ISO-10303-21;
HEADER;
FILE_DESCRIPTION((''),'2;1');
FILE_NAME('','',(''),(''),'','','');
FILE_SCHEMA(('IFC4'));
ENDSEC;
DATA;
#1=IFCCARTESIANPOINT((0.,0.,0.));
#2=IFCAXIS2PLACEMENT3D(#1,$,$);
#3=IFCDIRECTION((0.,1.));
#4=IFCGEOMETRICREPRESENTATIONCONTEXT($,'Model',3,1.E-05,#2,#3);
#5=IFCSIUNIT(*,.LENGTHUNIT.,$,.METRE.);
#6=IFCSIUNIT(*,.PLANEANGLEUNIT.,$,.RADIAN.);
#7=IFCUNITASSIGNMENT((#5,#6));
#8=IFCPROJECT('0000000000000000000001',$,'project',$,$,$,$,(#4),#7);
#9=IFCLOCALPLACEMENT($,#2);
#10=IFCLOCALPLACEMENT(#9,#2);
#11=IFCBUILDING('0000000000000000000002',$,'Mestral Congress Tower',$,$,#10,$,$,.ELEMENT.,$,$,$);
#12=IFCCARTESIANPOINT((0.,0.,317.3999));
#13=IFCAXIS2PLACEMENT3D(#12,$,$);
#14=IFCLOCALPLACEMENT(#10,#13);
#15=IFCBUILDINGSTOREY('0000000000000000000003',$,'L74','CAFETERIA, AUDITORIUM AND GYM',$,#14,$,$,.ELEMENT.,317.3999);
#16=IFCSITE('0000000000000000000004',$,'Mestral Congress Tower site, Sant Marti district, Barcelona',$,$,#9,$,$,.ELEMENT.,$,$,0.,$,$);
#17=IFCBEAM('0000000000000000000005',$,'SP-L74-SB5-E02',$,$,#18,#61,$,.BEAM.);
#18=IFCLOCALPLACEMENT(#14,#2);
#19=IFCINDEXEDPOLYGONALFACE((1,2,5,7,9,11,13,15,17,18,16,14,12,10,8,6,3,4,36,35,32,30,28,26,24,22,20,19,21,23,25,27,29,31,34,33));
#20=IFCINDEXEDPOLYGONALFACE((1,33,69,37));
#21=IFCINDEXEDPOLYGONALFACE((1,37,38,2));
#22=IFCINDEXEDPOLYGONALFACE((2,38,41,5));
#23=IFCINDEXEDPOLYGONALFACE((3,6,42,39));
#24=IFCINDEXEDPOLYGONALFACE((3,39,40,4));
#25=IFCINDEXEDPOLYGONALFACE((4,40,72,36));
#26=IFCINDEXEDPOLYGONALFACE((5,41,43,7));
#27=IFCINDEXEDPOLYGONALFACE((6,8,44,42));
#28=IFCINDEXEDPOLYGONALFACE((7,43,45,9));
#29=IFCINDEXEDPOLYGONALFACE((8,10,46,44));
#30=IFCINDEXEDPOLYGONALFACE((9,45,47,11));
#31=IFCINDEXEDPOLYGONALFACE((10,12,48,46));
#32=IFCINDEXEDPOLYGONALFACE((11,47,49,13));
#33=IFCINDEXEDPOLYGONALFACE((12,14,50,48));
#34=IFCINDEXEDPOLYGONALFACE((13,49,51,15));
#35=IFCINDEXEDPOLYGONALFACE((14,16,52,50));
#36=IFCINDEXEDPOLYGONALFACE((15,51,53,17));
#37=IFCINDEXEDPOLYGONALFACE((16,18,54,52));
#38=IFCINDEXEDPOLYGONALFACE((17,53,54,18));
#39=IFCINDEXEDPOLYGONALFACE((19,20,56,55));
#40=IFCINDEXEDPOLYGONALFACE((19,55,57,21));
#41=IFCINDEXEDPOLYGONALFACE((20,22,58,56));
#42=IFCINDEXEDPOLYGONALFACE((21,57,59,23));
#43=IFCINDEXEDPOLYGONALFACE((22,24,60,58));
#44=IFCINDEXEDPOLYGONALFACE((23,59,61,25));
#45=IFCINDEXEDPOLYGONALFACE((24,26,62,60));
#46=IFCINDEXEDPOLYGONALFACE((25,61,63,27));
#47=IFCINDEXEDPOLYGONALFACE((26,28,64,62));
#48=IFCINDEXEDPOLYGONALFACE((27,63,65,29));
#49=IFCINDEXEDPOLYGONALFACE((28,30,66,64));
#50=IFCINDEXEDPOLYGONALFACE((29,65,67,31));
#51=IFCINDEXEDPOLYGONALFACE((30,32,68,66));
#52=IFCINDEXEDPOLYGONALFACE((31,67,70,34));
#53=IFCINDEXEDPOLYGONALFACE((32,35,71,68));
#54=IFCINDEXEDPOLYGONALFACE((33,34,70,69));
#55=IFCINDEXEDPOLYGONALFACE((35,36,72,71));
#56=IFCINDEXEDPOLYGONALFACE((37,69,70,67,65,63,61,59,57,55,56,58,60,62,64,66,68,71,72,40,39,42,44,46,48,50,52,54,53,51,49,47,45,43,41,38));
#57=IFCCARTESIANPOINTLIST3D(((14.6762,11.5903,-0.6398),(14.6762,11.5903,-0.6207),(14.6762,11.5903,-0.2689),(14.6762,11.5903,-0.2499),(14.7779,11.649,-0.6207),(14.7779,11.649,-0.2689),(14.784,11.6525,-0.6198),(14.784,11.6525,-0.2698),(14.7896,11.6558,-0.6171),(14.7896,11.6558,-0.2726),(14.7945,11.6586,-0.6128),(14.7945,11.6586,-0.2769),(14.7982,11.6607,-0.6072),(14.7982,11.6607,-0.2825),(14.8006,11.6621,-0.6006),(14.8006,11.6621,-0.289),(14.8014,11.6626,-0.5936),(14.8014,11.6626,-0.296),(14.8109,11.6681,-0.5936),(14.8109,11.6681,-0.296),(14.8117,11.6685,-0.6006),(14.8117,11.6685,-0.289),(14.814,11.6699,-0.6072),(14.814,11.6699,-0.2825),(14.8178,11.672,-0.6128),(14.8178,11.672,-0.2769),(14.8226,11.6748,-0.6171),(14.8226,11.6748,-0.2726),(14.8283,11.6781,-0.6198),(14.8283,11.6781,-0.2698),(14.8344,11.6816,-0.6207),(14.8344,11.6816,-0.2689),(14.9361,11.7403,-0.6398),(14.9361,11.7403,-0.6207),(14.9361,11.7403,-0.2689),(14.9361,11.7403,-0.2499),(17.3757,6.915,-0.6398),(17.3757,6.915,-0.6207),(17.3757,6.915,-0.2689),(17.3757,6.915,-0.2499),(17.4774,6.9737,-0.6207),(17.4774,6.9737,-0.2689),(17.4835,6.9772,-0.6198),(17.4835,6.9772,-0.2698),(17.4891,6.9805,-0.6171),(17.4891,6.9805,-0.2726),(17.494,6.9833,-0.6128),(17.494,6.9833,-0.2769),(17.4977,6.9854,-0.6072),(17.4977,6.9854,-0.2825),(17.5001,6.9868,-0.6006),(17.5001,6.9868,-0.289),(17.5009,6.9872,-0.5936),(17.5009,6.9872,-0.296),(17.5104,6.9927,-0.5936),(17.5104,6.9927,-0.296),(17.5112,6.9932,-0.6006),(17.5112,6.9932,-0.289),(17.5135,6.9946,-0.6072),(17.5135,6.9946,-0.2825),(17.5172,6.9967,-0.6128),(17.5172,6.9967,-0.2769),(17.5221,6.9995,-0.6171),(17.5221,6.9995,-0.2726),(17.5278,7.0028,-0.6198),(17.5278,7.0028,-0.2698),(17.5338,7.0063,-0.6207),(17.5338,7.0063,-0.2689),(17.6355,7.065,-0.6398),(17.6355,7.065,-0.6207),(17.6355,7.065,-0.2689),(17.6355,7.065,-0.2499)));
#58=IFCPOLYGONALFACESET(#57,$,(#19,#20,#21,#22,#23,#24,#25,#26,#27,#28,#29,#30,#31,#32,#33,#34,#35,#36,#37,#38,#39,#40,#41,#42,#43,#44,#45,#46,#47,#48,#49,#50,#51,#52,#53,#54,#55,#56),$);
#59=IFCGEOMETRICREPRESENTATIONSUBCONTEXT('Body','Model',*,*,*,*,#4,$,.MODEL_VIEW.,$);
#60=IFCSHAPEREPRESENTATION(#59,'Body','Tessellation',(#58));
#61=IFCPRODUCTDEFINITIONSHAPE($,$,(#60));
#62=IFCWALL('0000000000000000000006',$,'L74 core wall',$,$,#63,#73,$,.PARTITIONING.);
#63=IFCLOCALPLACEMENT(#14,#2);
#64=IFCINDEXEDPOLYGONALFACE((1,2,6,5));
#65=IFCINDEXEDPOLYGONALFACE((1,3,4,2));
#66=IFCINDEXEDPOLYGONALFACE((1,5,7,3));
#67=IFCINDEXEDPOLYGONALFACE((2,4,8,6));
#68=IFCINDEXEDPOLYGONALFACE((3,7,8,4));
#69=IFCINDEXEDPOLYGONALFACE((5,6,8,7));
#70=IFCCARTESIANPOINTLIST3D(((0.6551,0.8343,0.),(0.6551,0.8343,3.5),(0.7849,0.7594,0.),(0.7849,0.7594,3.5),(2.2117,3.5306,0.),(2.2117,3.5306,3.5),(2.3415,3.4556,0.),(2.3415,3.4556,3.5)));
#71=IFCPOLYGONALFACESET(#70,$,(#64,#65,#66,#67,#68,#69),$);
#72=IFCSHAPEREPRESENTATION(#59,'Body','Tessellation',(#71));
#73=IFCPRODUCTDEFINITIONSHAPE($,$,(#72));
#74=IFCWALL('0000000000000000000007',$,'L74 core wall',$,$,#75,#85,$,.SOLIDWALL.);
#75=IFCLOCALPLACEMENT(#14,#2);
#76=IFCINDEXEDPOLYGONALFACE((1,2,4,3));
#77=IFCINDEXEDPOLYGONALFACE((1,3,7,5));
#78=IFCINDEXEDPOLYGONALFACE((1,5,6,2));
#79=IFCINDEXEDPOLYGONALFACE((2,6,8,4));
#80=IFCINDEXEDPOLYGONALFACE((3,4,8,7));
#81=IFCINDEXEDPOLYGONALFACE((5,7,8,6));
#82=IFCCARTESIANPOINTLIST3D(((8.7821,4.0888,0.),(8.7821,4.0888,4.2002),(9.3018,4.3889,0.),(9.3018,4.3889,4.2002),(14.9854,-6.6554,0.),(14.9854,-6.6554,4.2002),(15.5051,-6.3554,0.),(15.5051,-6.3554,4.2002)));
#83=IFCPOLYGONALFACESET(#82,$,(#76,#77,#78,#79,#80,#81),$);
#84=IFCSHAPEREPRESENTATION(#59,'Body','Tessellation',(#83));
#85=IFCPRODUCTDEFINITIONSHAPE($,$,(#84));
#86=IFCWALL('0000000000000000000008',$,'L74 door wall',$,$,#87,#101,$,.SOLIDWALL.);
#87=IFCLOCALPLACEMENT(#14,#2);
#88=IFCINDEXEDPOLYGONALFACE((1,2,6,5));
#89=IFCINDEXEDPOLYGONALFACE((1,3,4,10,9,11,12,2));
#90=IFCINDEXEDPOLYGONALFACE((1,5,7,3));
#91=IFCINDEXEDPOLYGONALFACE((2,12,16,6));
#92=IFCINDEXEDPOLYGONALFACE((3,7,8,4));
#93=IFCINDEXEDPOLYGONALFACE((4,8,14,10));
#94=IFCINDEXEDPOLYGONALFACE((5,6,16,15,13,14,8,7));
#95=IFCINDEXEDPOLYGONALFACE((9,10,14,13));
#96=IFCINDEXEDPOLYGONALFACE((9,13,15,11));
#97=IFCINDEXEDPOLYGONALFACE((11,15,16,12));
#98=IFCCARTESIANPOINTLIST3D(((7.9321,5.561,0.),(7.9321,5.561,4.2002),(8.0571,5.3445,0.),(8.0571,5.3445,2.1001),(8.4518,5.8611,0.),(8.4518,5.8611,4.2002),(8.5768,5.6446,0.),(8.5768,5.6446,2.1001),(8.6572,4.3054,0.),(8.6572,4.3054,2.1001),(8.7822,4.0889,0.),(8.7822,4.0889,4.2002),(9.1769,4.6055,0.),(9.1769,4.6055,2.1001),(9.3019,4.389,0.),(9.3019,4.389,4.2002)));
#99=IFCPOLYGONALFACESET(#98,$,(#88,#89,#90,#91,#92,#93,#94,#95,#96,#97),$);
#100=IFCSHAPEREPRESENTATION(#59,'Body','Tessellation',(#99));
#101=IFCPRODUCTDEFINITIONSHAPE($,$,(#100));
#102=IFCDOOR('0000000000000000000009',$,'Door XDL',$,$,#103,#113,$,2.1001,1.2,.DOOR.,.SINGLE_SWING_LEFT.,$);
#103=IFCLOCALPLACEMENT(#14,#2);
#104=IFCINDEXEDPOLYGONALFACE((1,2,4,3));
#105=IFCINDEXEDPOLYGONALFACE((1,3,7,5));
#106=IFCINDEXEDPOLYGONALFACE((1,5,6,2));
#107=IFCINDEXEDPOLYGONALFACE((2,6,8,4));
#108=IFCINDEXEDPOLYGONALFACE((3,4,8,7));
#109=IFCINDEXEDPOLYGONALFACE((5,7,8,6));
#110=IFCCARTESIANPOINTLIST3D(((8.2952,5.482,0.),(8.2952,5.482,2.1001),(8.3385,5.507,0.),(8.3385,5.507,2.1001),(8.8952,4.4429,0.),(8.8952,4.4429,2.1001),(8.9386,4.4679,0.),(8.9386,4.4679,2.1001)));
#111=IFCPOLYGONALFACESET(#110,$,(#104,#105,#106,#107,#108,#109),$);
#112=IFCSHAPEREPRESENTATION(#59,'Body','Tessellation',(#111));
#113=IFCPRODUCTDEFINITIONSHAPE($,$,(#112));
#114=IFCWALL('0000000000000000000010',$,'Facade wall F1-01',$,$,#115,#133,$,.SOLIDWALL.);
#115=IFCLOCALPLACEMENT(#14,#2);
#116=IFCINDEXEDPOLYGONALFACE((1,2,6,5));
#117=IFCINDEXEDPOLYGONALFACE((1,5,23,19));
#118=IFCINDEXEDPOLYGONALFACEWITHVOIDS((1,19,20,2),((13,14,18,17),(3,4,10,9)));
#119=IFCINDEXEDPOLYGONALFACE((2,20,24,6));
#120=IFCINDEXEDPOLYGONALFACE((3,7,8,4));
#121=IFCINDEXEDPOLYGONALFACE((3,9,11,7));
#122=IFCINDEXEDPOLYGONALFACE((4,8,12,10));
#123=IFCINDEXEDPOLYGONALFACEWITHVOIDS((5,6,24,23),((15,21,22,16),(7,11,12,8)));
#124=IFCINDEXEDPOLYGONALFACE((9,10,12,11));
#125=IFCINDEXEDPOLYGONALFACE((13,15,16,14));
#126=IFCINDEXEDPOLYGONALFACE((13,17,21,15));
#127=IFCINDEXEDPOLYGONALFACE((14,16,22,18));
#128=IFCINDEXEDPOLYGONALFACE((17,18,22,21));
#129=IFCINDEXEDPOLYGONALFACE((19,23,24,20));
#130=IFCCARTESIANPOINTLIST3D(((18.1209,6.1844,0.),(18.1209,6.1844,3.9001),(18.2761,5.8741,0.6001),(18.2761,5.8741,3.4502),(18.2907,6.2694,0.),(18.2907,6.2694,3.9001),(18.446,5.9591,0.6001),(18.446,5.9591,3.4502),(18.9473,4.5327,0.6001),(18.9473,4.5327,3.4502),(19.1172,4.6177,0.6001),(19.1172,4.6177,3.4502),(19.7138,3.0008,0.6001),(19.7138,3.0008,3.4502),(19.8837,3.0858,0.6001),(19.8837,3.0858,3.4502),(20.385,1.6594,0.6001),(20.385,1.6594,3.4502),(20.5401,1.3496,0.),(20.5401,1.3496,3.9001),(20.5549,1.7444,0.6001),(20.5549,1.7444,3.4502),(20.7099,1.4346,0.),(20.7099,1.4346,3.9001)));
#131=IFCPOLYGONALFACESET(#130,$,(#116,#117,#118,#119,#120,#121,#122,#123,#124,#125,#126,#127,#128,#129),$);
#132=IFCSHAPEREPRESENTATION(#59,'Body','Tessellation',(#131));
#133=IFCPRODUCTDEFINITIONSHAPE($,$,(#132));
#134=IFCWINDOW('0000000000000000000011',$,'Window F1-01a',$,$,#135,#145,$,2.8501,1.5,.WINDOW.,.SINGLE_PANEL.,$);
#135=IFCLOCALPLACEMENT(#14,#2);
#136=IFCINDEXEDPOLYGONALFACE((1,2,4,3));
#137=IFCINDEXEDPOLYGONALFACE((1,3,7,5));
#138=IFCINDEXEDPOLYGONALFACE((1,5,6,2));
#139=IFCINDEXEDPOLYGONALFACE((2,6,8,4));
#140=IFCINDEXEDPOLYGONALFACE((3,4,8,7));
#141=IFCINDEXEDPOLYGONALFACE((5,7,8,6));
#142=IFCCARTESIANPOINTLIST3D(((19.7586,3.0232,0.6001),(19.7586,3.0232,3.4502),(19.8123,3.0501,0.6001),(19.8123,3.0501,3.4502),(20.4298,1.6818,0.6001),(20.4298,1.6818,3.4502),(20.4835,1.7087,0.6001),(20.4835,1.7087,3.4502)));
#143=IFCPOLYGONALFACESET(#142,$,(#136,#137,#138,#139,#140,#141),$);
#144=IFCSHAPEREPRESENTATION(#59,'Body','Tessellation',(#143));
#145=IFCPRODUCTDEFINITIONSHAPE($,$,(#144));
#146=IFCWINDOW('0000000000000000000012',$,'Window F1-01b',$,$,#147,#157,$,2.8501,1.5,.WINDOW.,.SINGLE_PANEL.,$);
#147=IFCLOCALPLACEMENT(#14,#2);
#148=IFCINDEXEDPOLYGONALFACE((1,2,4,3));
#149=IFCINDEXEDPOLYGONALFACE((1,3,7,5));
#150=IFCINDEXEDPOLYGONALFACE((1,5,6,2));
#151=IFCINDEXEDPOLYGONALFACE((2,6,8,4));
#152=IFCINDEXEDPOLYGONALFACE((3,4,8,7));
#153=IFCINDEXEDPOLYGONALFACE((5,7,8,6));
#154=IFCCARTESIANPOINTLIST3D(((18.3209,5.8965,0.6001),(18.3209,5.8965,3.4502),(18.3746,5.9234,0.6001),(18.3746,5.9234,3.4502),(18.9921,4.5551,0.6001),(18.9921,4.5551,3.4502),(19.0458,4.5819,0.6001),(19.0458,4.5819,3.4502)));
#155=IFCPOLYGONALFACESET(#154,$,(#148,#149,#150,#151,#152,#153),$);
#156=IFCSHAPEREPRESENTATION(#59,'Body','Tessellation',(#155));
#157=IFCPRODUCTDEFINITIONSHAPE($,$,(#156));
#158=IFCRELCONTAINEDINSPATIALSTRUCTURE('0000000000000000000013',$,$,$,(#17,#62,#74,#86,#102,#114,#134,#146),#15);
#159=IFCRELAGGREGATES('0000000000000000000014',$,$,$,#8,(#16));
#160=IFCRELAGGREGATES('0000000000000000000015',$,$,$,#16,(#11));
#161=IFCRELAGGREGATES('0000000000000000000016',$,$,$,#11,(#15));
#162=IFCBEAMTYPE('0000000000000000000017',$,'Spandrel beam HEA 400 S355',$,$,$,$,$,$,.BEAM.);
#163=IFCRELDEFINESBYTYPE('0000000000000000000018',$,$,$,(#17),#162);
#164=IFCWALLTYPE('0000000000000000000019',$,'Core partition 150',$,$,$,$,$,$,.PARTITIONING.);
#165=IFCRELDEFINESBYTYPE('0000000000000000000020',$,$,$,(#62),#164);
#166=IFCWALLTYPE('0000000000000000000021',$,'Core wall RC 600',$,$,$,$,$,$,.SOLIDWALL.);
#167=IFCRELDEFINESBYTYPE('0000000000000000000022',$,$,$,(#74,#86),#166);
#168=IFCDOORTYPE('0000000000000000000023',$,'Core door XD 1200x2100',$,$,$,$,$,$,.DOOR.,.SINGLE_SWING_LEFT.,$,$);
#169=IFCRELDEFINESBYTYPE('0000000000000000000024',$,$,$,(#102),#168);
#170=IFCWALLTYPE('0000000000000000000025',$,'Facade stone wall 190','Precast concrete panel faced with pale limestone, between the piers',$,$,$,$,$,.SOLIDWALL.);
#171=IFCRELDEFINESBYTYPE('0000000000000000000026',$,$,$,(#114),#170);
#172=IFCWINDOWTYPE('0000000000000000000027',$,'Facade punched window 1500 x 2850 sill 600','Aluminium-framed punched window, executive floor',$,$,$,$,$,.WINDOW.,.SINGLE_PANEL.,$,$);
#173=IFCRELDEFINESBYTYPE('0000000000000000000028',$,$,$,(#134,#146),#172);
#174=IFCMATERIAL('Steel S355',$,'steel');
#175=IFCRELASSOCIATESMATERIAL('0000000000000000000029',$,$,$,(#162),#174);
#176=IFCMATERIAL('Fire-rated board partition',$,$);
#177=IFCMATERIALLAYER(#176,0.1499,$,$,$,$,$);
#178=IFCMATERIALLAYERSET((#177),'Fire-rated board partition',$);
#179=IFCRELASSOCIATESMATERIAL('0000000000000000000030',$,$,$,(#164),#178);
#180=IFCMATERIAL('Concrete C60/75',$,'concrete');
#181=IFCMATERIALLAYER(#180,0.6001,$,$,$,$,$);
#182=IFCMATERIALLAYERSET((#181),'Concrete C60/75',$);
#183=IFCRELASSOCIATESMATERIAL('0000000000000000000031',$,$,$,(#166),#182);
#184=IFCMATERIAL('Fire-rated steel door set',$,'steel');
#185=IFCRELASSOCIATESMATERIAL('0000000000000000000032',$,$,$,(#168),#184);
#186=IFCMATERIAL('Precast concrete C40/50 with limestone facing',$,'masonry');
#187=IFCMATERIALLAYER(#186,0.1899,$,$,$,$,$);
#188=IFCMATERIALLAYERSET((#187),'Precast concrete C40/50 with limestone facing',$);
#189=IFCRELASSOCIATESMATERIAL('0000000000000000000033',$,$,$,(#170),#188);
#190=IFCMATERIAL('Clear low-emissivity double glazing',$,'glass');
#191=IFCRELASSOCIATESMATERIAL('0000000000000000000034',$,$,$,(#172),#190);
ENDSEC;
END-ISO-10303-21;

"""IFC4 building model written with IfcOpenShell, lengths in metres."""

from ifc_helpers import new_model, si_unit, direction, frame, frame_2d, origin, origin_2d, place, context, subcontext, project, spatial, rectangle, i_section, extrude, material, layer, layer_set, material_profile, profile_set, type_object, element, fill, save


model = new_model("IFC4")

# Units and contexts
model_context = context("Model", 3, precision=1e-05, world=origin(), true_north=direction((0.0, 1.0)))
body_context = subcontext(model_context, "Body", "Model", "MODEL_VIEW")
ifc_project = project(units=[si_unit("LENGTHUNIT", "METRE"), si_unit("PLANEANGLEUNIT", "RADIAN")], contexts=[model_context])

# Site, building, storey
site_placement = place(None, origin())
site = spatial("IfcSite", under=ifc_project, at=site_placement, Name="Mestral Congress Tower site, Sant Marti district, Barcelona", CompositionType="ELEMENT", RefElevation=0.0)
building_placement = place(site_placement, origin())
building = spatial("IfcBuilding", under=site, at=building_placement, Name="Mestral Congress Tower", CompositionType="ELEMENT")
storey_placement = place(building_placement, frame((0.0, 0.0, 317.3999)))
storey = spatial("IfcBuildingStorey", under=building, at=storey_placement, Name="L74", Description="CAFETERIA, AUDITORIUM AND GYM", CompositionType="ELEMENT", Elevation=317.3999)

# Shared definitions
ifc_material_1 = material(Name="Concrete C60/75", Category="concrete")

# Beam
ifc_material_2 = material(Name="Steel S355", Category="steel")
ifc_material_profile_1 = material_profile(ifc_material_2, i_section(OverallWidth=0.3, OverallDepth=0.3899, WebThickness=0.011, FlangeThickness=0.019, FilletRadius=0.0271, at=origin_2d()), Name="HEA 400")
ifc_profile_set_1 = profile_set([ifc_material_profile_1], Name="Steel S355")
beam_type_1 = type_object("IfcBeamType", Name="Spandrel beam HEA 400 S355", PredefinedType="BEAM", material=ifc_profile_set_1)
beam_1_placement = place(storey_placement, frame((17.5056, 6.99, -0.4448), z_axis=(-0.500025, 0.866011, 0.0), x_axis=(-0.866011, -0.500025, 0.0)))
element("IfcBeam", 1, at=beam_1_placement, inside=storey, type_object=beam_type_1, Name="SP-L74-SB5-E02", PredefinedType="BEAM", context=body_context, shape_type="SweptSolid", body=[
    extrude(i_section(OverallWidth=0.3, OverallDepth=0.3899, WebThickness=0.011, FlangeThickness=0.019, FilletRadius=0.0271, at=origin_2d()), origin(), (0.0, 0.0, 1.0), 5.3987),
])

# Walls
ifc_material_3 = material(Name="Fire-rated board partition")
ifc_layer_1 = layer(ifc_material_3, 0.1499)
ifc_layer_set_1 = layer_set([ifc_layer_1], Name="Fire-rated board partition")
wall_type_1 = type_object("IfcWallType", Name="Core partition 150", PredefinedType="PARTITIONING", material=ifc_layer_set_1)
wall_1_placement = place(storey_placement, frame((0.72, 0.7969, 0.0), z_axis=(0.0, 0.0, 1.0), x_axis=(0.499985, 0.866034, 0.0)))
element("IfcWall", 2, at=wall_1_placement, inside=storey, type_object=wall_type_1, Name="L74 core wall", PredefinedType="PARTITIONING", context=body_context, shape_type="SweptSolid", body=[
    extrude(rectangle(XDim=3.1133, YDim=0.1499, at=frame_2d((1.5566, 0.0))), origin(), (0.0, 0.0, 1.0), 3.5),
])
ifc_layer_2 = layer(ifc_material_1, 0.6001)
ifc_layer_set_2 = layer_set([ifc_layer_2], Name="Concrete C60/75")
wall_type_2 = type_object("IfcWallType", Name="Core wall RC 600", PredefinedType="SOLIDWALL", material=ifc_layer_set_2)
wall_2_placement = place(storey_placement, frame((9.042, 4.2388, 0.0), z_axis=(0.0, 0.0, 1.0), x_axis=(0.500006, -0.866022, 0.0)))
element("IfcWall", 3, at=wall_2_placement, inside=storey, type_object=wall_type_2, Name="L74 core wall", PredefinedType="SOLIDWALL", context=body_context, shape_type="SweptSolid", body=[
    extrude(rectangle(XDim=12.4065, YDim=0.6001, at=frame_2d((6.2031, 0.0))), origin(), (0.0, 0.0, 1.0), 4.2002),
])

# Wall, opening, door
wall_3_placement = place(storey_placement, frame((8.1919, 5.7112, 0.0), z_axis=(0.0, 0.0, 1.0), x_axis=(0.500062, -0.865989, 0.0)))
wall_3 = element("IfcWall", 4, at=wall_3_placement, inside=storey, type_object=wall_type_2, Name="L74 door wall", PredefinedType="SOLIDWALL", context=body_context, shape_type="SweptSolid", body=[
    extrude(rectangle(XDim=1.7, YDim=0.6001, at=frame_2d((0.8501, 0.0))), origin(), (0.0, 0.0, 1.0), 4.2002),
])
opening_1_placement = place(wall_3_placement, frame((0.25, 0.0, 0.0)))
opening_1 = element("IfcOpeningElement", 5, at=opening_1_placement, cuts=wall_3, PredefinedType="OPENING", context=body_context, shape_type="SweptSolid", body=[
    extrude(rectangle(XDim=1.2, YDim=2.1001, at=frame_2d((0.6001, 1.05))), frame((0.0, 0.3101, 0.0), z_axis=(0.0, -1.0, 0.0), x_axis=(1.0, 0.0, 0.0)), (0.0, 0.0, 1.0), 0.6201),
])
ifc_material_4 = material(Name="Fire-rated steel door set", Category="steel")
door_type_1 = type_object("IfcDoorType", Name="Core door XD 1200x2100", OperationType="SINGLE_SWING_LEFT", PredefinedType="DOOR", material=ifc_material_4)
door_1_placement = place(opening_1_placement, origin())
door_1 = element("IfcDoor", 6, at=door_1_placement, inside=storey, type_object=door_type_1, Name="Door XDL", OperationType="SINGLE_SWING_LEFT", OverallHeight=2.1001, OverallWidth=1.2, PredefinedType="DOOR", context=body_context, shape_type="SweptSolid", body=[
    extrude(rectangle(XDim=1.2, YDim=2.1001, at=frame_2d((0.6001, 1.05))), frame((0.0, 0.0249, 0.0), z_axis=(0.0, -1.0, 0.0), x_axis=(1.0, 0.0, 0.0)), (0.0, 0.0, 1.0), 0.05),
])
fill(opening_1, door_1)

# Wall, openings, windows
ifc_material_5 = material(Name="Precast concrete C40/50 with limestone facing", Category="masonry")
ifc_layer_3 = layer(ifc_material_5, 0.1899)
ifc_layer_set_3 = layer_set([ifc_layer_3], Name="Precast concrete C40/50 with limestone facing")
wall_type_3 = type_object("IfcWallType", Name="Facade stone wall 190", Description="Precast concrete panel faced with pale limestone, between the piers", PredefinedType="SOLIDWALL", material=ifc_layer_set_3)
wall_4_placement = place(storey_placement, frame((20.625, 1.3921, 0.0), z_axis=(0.0, 0.0, 1.0), x_axis=(-0.447485, 0.894292, 0.0)))
wall_4 = element("IfcWall", 7, at=wall_4_placement, inside=storey, type_object=wall_type_3, Name="Facade wall F1-01", PredefinedType="SOLIDWALL", context=body_context, shape_type="SweptSolid", body=[
    extrude(rectangle(XDim=5.4062, YDim=0.1899, at=frame_2d((2.7031, 0.0))), origin(), (0.0, 0.0, 1.0), 3.9001),
])
opening_2_placement = place(wall_4_placement, frame((0.3464, 0.0, 0.6001)))
opening_2 = element("IfcOpeningElement", 8, at=opening_2_placement, cuts=wall_4, PredefinedType="OPENING", context=body_context, shape_type="SweptSolid", body=[
    extrude(rectangle(XDim=1.5, YDim=2.8501, at=frame_2d((0.75, 1.425))), frame((0.0, 0.105, 0.0), z_axis=(0.0, -1.0, 0.0), x_axis=(1.0, 0.0, 0.0)), (0.0, 0.0, 1.0), 0.21),
])
opening_3_placement = place(wall_4_placement, frame((3.5593, 0.0, 0.6001)))
opening_3 = element("IfcOpeningElement", 9, at=opening_3_placement, cuts=wall_4, PredefinedType="OPENING", context=body_context, shape_type="SweptSolid", body=[
    extrude(rectangle(XDim=1.5, YDim=2.8501, at=frame_2d((0.75, 1.425))), frame((0.0, 0.105, 0.0), z_axis=(0.0, -1.0, 0.0), x_axis=(1.0, 0.0, 0.0)), (0.0, 0.0, 1.0), 0.21),
])
ifc_material_6 = material(Name="Clear low-emissivity double glazing", Category="glass")
window_type = type_object("IfcWindowType", Name="Facade punched window 1500 x 2850 sill 600", Description="Aluminium-framed punched window, executive floor", PartitioningType="SINGLE_PANEL", PredefinedType="WINDOW", material=ifc_material_6)
window_1_placement = place(opening_2_placement, origin())
window_1 = element("IfcWindow", 10, at=window_1_placement, inside=storey, type_object=window_type, Name="Window F1-01a", OverallHeight=2.8501, OverallWidth=1.5, PartitioningType="SINGLE_PANEL", PredefinedType="WINDOW", context=body_context, shape_type="SweptSolid", body=[
    extrude(rectangle(XDim=1.5, YDim=2.8501, at=frame_2d((0.75, 1.425))), frame((0.0, 0.0449, 0.0), z_axis=(0.0, -1.0, 0.0), x_axis=(1.0, 0.0, 0.0)), (0.0, 0.0, 1.0), 0.0601),
])
fill(opening_2, window_1)
window_2_placement = place(opening_3_placement, origin())
window_2 = element("IfcWindow", 11, at=window_2_placement, inside=storey, type_object=window_type, Name="Window F1-01b", OverallHeight=2.8501, OverallWidth=1.5, PartitioningType="SINGLE_PANEL", PredefinedType="WINDOW", context=body_context, shape_type="SweptSolid", body=[
    extrude(rectangle(XDim=1.5, YDim=2.8501, at=frame_2d((0.75, 1.425))), frame((0.0, 0.0449, 0.0), z_axis=(0.0, -1.0, 0.0), x_axis=(1.0, 0.0, 0.0)), (0.0, 0.0, 1.0), 0.0601),
])
fill(opening_3, window_2)

save(model, "model.ifc")
